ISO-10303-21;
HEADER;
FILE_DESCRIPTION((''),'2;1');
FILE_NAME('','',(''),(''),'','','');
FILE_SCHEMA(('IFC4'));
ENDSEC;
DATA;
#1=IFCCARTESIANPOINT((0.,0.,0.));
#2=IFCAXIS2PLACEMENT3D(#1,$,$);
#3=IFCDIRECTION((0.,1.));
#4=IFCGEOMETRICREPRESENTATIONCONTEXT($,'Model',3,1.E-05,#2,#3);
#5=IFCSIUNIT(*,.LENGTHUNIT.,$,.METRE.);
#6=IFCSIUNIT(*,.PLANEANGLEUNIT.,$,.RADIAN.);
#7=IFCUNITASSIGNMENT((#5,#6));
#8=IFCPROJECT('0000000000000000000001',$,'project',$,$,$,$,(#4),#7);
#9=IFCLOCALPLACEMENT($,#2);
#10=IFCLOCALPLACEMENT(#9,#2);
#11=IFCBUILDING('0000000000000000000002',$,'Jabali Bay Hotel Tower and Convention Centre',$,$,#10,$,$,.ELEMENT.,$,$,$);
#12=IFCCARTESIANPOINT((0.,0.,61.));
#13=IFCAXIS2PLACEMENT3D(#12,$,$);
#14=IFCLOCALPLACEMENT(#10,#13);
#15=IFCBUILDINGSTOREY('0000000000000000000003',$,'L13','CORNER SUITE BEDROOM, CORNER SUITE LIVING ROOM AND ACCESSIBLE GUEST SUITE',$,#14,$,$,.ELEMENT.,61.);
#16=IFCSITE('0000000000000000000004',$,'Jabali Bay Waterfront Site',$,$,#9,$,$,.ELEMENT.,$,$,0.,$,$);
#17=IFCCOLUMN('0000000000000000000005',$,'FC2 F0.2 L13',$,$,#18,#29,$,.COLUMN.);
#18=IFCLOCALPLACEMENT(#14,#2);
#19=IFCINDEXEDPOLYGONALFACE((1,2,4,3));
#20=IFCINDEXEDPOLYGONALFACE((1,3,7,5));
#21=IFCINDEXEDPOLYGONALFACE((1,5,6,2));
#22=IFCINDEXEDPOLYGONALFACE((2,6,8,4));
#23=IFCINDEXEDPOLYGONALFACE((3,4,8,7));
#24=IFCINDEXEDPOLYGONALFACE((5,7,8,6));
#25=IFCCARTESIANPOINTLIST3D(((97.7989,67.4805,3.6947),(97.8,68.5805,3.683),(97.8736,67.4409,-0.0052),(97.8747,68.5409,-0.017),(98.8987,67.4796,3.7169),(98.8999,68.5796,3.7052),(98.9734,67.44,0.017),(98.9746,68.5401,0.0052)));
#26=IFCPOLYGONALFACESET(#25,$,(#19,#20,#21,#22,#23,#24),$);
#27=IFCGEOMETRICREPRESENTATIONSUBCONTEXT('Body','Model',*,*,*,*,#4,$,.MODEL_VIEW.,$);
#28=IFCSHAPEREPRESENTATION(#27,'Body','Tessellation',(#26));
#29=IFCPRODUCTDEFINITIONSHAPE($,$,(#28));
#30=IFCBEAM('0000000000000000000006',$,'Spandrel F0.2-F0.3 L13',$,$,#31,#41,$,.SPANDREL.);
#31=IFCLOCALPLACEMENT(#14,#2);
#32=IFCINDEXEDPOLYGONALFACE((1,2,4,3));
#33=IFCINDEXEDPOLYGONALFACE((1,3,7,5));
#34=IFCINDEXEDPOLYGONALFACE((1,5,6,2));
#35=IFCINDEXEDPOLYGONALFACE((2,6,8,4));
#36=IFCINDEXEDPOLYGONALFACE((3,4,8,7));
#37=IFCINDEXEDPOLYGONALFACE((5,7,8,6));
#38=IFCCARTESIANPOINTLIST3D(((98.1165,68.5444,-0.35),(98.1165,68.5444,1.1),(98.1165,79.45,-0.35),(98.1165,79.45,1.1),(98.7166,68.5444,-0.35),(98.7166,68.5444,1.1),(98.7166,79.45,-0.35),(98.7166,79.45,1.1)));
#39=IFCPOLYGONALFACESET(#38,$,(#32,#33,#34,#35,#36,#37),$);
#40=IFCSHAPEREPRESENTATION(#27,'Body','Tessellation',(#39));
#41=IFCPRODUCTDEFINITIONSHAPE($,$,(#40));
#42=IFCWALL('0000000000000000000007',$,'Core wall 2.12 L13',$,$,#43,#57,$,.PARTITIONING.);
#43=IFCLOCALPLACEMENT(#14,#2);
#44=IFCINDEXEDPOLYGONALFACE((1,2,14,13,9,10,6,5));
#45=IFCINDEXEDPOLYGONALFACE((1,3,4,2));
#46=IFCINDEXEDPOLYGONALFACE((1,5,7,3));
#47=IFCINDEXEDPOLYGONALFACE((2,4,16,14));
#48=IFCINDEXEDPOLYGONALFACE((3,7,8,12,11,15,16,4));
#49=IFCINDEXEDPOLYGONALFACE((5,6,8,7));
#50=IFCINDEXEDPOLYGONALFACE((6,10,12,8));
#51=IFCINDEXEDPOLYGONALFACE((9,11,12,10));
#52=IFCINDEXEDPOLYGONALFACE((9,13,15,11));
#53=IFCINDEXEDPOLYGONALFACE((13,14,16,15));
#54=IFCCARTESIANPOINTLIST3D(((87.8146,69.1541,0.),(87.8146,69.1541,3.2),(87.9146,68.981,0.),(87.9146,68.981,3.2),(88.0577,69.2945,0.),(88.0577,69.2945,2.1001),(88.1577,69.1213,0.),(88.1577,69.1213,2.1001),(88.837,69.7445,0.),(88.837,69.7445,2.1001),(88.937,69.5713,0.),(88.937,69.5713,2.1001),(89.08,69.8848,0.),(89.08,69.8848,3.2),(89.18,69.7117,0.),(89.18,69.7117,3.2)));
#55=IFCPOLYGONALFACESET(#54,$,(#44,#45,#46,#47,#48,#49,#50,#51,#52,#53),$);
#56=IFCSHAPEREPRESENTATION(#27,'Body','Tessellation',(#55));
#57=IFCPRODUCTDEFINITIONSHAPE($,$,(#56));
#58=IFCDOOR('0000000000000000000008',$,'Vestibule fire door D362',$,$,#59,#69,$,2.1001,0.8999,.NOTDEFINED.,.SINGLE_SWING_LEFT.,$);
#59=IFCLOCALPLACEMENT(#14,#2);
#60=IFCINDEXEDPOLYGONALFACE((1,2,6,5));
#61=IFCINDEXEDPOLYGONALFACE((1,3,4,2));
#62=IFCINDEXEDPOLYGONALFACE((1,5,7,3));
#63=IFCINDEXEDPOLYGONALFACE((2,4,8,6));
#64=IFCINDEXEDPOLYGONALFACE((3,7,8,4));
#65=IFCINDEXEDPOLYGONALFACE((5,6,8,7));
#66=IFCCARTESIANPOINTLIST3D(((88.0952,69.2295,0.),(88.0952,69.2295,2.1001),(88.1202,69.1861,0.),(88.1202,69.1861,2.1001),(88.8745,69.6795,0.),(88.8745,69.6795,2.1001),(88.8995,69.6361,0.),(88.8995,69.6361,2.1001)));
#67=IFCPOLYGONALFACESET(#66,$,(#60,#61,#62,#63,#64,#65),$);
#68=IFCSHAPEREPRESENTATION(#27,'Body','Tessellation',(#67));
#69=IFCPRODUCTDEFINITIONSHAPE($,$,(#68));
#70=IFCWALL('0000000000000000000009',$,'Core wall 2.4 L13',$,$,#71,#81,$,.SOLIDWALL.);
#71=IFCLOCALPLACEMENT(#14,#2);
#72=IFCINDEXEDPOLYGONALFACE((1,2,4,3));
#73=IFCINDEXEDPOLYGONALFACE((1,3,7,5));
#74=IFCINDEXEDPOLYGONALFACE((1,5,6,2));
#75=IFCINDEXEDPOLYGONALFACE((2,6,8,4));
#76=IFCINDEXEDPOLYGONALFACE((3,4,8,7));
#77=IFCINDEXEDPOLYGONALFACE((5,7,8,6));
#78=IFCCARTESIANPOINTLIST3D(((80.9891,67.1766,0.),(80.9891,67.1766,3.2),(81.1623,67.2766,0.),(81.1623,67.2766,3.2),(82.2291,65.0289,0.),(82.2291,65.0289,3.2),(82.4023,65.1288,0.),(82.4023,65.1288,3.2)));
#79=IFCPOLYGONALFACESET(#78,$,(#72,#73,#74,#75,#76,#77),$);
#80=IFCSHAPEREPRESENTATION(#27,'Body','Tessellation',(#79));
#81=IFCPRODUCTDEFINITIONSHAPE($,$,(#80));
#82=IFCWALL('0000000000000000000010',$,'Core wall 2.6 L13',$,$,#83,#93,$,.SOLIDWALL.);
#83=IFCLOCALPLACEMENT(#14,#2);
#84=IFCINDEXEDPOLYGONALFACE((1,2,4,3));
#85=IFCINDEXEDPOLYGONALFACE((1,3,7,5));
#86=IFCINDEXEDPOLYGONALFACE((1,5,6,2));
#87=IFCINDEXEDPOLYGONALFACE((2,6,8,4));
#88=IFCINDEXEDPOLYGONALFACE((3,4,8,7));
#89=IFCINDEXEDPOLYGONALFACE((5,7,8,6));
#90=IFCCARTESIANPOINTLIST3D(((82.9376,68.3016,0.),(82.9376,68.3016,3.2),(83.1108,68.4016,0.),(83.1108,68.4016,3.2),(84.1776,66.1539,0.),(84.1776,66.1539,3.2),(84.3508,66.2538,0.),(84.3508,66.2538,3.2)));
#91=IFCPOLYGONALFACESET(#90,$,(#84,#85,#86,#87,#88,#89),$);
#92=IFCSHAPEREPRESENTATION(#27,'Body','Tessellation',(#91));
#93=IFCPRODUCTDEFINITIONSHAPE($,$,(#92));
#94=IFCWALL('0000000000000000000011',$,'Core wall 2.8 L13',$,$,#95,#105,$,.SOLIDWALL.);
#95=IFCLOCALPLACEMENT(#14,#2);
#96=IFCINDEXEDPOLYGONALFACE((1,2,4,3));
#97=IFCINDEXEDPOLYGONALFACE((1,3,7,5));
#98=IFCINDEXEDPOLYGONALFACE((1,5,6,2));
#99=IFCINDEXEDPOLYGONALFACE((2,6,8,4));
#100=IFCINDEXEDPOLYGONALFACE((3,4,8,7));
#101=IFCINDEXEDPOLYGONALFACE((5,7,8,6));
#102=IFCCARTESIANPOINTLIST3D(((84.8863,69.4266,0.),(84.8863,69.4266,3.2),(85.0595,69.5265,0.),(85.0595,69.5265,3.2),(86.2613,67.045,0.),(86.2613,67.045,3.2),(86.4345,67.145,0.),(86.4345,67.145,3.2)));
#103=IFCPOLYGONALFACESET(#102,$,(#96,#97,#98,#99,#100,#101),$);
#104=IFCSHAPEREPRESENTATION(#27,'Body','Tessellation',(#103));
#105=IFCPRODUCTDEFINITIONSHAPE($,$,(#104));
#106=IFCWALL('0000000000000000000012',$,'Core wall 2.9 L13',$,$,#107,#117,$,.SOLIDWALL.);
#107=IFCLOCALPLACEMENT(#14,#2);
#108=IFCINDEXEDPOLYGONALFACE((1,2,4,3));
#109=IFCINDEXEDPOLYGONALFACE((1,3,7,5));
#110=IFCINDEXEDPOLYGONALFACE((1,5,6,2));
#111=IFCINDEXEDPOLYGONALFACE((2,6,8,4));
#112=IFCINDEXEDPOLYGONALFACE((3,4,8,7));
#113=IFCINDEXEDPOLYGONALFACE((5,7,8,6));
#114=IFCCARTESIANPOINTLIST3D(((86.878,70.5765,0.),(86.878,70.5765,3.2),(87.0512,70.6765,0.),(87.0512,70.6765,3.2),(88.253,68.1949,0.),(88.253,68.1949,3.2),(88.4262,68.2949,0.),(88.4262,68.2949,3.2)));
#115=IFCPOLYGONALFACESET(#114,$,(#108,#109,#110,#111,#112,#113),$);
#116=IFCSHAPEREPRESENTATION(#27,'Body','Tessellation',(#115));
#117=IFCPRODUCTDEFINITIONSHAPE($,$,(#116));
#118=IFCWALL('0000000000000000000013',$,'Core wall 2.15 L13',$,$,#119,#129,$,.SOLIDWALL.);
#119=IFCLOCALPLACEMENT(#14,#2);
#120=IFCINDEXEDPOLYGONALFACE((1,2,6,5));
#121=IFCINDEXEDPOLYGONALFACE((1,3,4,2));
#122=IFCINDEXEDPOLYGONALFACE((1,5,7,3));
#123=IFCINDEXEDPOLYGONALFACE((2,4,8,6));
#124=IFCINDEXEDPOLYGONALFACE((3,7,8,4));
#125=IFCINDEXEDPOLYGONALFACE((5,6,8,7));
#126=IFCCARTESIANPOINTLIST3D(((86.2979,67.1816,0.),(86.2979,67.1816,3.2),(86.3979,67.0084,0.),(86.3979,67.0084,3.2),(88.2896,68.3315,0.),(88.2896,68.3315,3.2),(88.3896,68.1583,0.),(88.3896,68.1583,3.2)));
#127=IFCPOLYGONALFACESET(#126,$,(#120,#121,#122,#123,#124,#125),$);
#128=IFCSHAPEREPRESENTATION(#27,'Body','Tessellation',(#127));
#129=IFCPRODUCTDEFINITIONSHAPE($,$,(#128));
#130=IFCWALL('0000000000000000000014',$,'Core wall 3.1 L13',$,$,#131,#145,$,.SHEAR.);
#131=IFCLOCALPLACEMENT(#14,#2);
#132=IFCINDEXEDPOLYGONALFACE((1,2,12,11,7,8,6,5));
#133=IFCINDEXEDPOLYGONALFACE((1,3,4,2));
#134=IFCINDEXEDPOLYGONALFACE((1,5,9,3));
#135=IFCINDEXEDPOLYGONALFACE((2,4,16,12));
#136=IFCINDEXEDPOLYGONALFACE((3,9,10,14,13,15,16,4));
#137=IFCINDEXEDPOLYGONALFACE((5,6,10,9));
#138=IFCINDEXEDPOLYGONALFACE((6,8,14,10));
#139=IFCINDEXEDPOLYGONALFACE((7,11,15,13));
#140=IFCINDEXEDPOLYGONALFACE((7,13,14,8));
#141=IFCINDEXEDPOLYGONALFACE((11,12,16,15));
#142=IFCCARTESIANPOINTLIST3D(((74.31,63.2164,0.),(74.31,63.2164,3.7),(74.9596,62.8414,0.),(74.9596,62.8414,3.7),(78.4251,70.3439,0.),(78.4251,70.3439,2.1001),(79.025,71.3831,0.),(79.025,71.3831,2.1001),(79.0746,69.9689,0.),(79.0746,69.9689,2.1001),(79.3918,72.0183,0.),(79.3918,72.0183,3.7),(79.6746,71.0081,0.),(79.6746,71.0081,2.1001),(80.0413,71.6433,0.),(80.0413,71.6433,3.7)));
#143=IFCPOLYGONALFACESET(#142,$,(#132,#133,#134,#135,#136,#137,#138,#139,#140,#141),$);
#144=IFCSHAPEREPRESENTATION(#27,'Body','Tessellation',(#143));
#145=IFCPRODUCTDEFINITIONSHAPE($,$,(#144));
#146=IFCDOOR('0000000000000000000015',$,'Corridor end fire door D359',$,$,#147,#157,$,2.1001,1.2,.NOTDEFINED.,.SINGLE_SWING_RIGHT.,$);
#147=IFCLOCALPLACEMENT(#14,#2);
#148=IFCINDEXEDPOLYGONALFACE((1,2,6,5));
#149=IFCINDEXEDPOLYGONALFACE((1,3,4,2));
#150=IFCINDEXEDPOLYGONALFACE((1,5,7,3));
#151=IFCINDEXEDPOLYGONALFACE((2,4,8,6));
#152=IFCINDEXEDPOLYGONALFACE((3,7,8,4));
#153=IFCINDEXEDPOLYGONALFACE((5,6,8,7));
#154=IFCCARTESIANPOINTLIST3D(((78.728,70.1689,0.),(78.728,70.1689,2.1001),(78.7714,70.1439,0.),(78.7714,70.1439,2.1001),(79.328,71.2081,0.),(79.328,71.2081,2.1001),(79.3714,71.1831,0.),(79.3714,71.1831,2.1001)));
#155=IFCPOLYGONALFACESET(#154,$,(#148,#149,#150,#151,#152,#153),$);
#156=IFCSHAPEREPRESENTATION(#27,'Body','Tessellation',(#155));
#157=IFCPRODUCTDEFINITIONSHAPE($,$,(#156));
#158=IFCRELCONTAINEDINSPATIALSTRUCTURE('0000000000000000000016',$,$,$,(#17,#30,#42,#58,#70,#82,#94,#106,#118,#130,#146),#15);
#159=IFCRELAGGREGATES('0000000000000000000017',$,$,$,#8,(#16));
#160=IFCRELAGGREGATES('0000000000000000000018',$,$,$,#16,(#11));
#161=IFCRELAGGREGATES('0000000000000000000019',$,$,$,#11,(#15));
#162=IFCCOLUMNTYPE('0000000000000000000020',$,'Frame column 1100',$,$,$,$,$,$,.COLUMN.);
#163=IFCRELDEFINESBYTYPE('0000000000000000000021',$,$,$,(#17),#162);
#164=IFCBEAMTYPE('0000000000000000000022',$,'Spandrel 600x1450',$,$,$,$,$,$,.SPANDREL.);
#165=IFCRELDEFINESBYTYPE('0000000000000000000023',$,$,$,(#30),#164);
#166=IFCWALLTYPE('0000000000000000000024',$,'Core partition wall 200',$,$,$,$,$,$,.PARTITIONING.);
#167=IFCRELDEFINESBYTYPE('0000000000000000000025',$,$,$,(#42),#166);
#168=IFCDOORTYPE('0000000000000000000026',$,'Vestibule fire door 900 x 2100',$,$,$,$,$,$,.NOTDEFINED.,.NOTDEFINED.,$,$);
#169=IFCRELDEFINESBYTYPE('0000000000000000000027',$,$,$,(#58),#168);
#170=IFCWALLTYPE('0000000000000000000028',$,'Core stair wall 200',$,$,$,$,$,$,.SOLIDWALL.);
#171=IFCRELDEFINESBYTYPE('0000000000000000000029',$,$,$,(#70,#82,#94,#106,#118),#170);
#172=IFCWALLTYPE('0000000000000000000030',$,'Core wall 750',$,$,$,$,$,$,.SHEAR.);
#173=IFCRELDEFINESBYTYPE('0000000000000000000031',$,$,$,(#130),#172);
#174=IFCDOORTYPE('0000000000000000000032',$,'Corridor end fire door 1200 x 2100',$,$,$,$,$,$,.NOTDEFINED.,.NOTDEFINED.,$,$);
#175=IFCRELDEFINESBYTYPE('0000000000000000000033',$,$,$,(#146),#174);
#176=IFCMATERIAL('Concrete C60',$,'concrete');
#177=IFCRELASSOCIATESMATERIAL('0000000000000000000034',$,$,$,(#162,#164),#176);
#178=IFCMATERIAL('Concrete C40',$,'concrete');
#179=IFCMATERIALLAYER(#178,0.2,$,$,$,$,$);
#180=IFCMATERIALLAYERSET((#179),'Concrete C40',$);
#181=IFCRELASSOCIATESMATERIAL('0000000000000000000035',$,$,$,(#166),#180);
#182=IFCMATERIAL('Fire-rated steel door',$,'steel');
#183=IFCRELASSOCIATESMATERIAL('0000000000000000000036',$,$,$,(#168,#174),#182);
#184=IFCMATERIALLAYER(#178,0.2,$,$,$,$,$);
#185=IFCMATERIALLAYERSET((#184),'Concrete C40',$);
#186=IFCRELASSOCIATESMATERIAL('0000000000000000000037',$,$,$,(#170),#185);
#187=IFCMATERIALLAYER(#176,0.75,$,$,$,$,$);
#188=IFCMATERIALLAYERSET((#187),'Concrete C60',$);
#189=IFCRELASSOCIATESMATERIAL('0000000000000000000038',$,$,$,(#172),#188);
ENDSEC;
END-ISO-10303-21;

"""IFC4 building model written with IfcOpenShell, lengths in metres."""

from ifc_helpers import new_model, si_unit, direction, frame, frame_2d, origin, origin_2d, place, context, subcontext, project, spatial, rectangle, extrude, material, layer, layer_set, material_profile, profile_set, type_object, element, fill, save


model = new_model("IFC4")

# Units and contexts
model_context = context("Model", 3, precision=1e-05, world=origin(), true_north=direction((0.0, 1.0)))
body_context = subcontext(model_context, "Body", "Model", "MODEL_VIEW")
ifc_project = project(units=[si_unit("LENGTHUNIT", "METRE"), si_unit("PLANEANGLEUNIT", "RADIAN")], contexts=[model_context])

# Site, building, storey
site_placement = place(None, origin())
site = spatial("IfcSite", under=ifc_project, at=site_placement, Name="Jabali Bay Waterfront Site", CompositionType="ELEMENT", RefElevation=0.0)
building_placement = place(site_placement, origin())
building = spatial("IfcBuilding", under=site, at=building_placement, Name="Jabali Bay Hotel Tower and Convention Centre", CompositionType="ELEMENT")
storey_placement = place(building_placement, frame((0.0, 0.0, 61.0)))
storey = spatial("IfcBuildingStorey", under=building, at=storey_placement, Name="L13", Description="CORNER SUITE BEDROOM, CORNER SUITE LIVING ROOM AND ACCESSIBLE GUEST SUITE", CompositionType="ELEMENT", Elevation=61.0)

# Column
ifc_material_1 = material(Name="Concrete C60", Category="concrete")
ifc_material_profile_1 = material_profile(ifc_material_1, rectangle(XDim=1.1001, YDim=1.1001, at=origin_2d()), Name="Frame column 1100")
ifc_profile_set_1 = profile_set([ifc_material_profile_1], Name="Concrete C60")
column_type = type_object("IfcColumnType", Name="Frame column 1100", PredefinedType="COLUMN", material=ifc_profile_set_1)
column_placement = place(storey_placement, frame((98.4241, 67.9905, 0.0), z_axis=(-0.020186, 0.010687, 0.999739), x_axis=(-0.001023, -0.999943, 0.010668)))
element("IfcColumn", 1, at=column_placement, inside=storey, type_object=column_type, Name="FC2 F0.2 L13", PredefinedType="COLUMN", context=body_context, shape_type="SweptSolid", body=[
    extrude(rectangle(XDim=1.1001, YDim=1.1001, at=origin_2d()), origin(), (0.0, 0.0, 1.0), 3.7009),
])

# Beam
ifc_material_profile_2 = material_profile(ifc_material_1, rectangle(XDim=0.6001, YDim=1.45, at=origin_2d()), Name="Spandrel 600x1450")
ifc_profile_set_2 = profile_set([ifc_material_profile_2], Name="Concrete C60")
beam_type = type_object("IfcBeamType", Name="Spandrel 600x1450", PredefinedType="SPANDREL", material=ifc_profile_set_2)
beam_placement = place(storey_placement, frame((98.4165, 68.5444, 0.375), z_axis=(0.0, 1.0, 0.0), x_axis=(-1.0, 0.0, 0.0)))
element("IfcBeam", 2, at=beam_placement, inside=storey, type_object=beam_type, Name="Spandrel F0.2-F0.3 L13", PredefinedType="SPANDREL", context=body_context, shape_type="SweptSolid", body=[
    extrude(rectangle(XDim=0.6001, YDim=1.45, at=origin_2d()), origin(), (0.0, 0.0, 1.0), 10.9055),
])

# Wall, opening, door
ifc_material_2 = material(Name="Concrete C40", Category="concrete")
ifc_layer_1 = layer(ifc_material_2, 0.2)
ifc_layer_set_1 = layer_set([ifc_layer_1], Name="Concrete C40")
wall_type_1 = type_object("IfcWallType", Name="Core partition wall 200", PredefinedType="PARTITIONING", material=ifc_layer_set_1)
wall_1_placement = place(storey_placement, frame((87.8647, 69.0676, 0.0), z_axis=(0.0, 0.0, 1.0), x_axis=(0.865982, 0.500074, 0.0)))
wall_1 = element("IfcWall", 3, at=wall_1_placement, inside=storey, type_object=wall_type_1, Name="Core wall 2.12 L13", PredefinedType="PARTITIONING", context=body_context, shape_type="SweptSolid", body=[
    extrude(rectangle(XDim=1.4612, YDim=0.2, at=frame_2d((0.7305, 0.0))), origin(), (0.0, 0.0, 1.0), 3.2),
])
opening_1_placement = place(wall_1_placement, frame((0.2805, 0.0, 0.0)))
opening_1 = element("IfcOpeningElement", 4, at=opening_1_placement, cuts=wall_1, PredefinedType="OPENING", context=body_context, shape_type="SweptSolid", body=[
    extrude(rectangle(XDim=0.8999, YDim=2.1001, at=frame_2d((0.45, 1.05))), frame((0.0, 0.1104, 0.0), z_axis=(0.0, -1.0, 0.0), x_axis=(1.0, 0.0, 0.0)), (0.0, 0.0, 1.0), 0.2209),
])
ifc_material_3 = material(Name="Fire-rated steel door", Category="steel")
door_type_1 = type_object("IfcDoorType", Name="Vestibule fire door 900 x 2100", OperationType="NOTDEFINED", PredefinedType="NOTDEFINED", material=ifc_material_3)
door_1_placement = place(opening_1_placement, origin())
door_1 = element("IfcDoor", 5, at=door_1_placement, inside=storey, type_object=door_type_1, Name="Vestibule fire door D362", OperationType="SINGLE_SWING_LEFT", OverallHeight=2.1001, OverallWidth=0.8999, PredefinedType="NOTDEFINED", context=body_context, shape_type="SweptSolid", body=[
    extrude(rectangle(XDim=0.8999, YDim=2.1001, at=frame_2d((0.45, 1.05))), frame((0.0, 0.0249, 0.0), z_axis=(0.0, -1.0, 0.0), x_axis=(1.0, 0.0, 0.0)), (0.0, 0.0, 1.0), 0.05),
])
fill(opening_1, door_1)

# Walls
ifc_layer_2 = layer(ifc_material_2, 0.2)
ifc_layer_set_2 = layer_set([ifc_layer_2], Name="Concrete C40")
wall_type_2 = type_object("IfcWallType", Name="Core stair wall 200", PredefinedType="SOLIDWALL", material=ifc_layer_set_2)
for number, where, z_axis, x_axis, name in (
    (6, (81.0757, 67.2266, 0.0), (0.0, 0.0, 1.0), (0.500004, -0.866023, 0.0), "Core wall 2.4 L13"),
    (7, (83.0242, 68.3516, 0.0), (0.0, 0.0, 1.0), (0.500004, -0.866023, 0.0), "Core wall 2.6 L13"),
):
    element("IfcWall", number, at=place(storey_placement, frame(where, z_axis=z_axis, x_axis=x_axis)), inside=storey, type_object=wall_type_2, Name=name, PredefinedType="SOLIDWALL", context=body_context, shape_type="SweptSolid", body=[
        extrude(rectangle(XDim=2.48, YDim=0.2, at=frame_2d((1.24, 0.0))), origin(), (0.0, 0.0, 1.0), 3.2),
    ])
for number, where, z_axis, x_axis, name in (
    (8, (84.9729, 69.4766, 0.0), (0.0, 0.0, 1.0), (0.499997, -0.866027, 0.0), "Core wall 2.8 L13"),
    (9, (86.9646, 70.6265, 0.0), (0.0, 0.0, 1.0), (0.499997, -0.866027, 0.0), "Core wall 2.9 L13"),
):
    element("IfcWall", number, at=place(storey_placement, frame(where, z_axis=z_axis, x_axis=x_axis)), inside=storey, type_object=wall_type_2, Name=name, PredefinedType="SOLIDWALL", context=body_context, shape_type="SweptSolid", body=[
        extrude(rectangle(XDim=2.75, YDim=0.2, at=frame_2d((1.375, 0.0))), origin(), (0.0, 0.0, 1.0), 3.2),
    ])
wall_2_placement = place(storey_placement, frame((86.3479, 67.095, 0.0), z_axis=(0.0, 0.0, 1.0), x_axis=(0.866026, 0.499998, 0.0)))
element("IfcWall", 10, at=wall_2_placement, inside=storey, type_object=wall_type_2, Name="Core wall 2.15 L13", PredefinedType="SOLIDWALL", context=body_context, shape_type="SweptSolid", body=[
    extrude(rectangle(XDim=2.2998, YDim=0.2, at=frame_2d((1.1499, 0.0))), origin(), (0.0, 0.0, 1.0), 3.2),
])

# Wall, opening, door
ifc_layer_3 = layer(ifc_material_1, 0.75)
ifc_layer_set_3 = layer_set([ifc_layer_3], Name="Concrete C60")
wall_type_3 = type_object("IfcWallType", Name="Core wall 750", PredefinedType="SHEAR", material=ifc_layer_set_3)
wall_3_placement = place(storey_placement, frame((79.7166, 71.8308, 0.0), z_axis=(0.0, 0.0, 1.0), x_axis=(-0.499996, -0.866028, 0.0)))
wall_3 = element("IfcWall", 11, at=wall_3_placement, inside=storey, type_object=wall_type_3, Name="Core wall 3.1 L13", PredefinedType="SHEAR", context=body_context, shape_type="SweptSolid", body=[
    extrude(rectangle(XDim=10.1636, YDim=0.75, at=frame_2d((5.0818, 0.0))), origin(), (0.0, 0.0, 1.0), 3.7),
])
opening_2_placement = place(wall_3_placement, frame((0.7334, 0.0, 0.0)))
opening_2 = element("IfcOpeningElement", 12, at=opening_2_placement, cuts=wall_3, PredefinedType="OPENING", context=body_context, shape_type="SweptSolid", body=[
    extrude(rectangle(XDim=1.2, YDim=2.1001, at=frame_2d((0.6001, 1.05))), frame((0.0, 0.3855, 0.0), z_axis=(0.0, -1.0, 0.0), x_axis=(1.0, 0.0, 0.0)), (0.0, 0.0, 1.0), 0.771),
])
door_type_2 = type_object("IfcDoorType", Name="Corridor end fire door 1200 x 2100", OperationType="NOTDEFINED", PredefinedType="NOTDEFINED", material=ifc_material_3)
door_2_placement = place(opening_2_placement, origin())
door_2 = element("IfcDoor", 13, at=door_2_placement, inside=storey, type_object=door_type_2, Name="Corridor end fire door D359", OperationType="SINGLE_SWING_RIGHT", OverallHeight=2.1001, OverallWidth=1.2, PredefinedType="NOTDEFINED", context=body_context, shape_type="SweptSolid", body=[
    extrude(rectangle(XDim=1.2, YDim=2.1001, at=frame_2d((0.6001, 1.05))), frame((0.0, 0.0249, 0.0), z_axis=(0.0, -1.0, 0.0), x_axis=(1.0, 0.0, 0.0)), (0.0, 0.0, 1.0), 0.05),
])
fill(opening_2, door_2)

save(model, "model.ifc")
